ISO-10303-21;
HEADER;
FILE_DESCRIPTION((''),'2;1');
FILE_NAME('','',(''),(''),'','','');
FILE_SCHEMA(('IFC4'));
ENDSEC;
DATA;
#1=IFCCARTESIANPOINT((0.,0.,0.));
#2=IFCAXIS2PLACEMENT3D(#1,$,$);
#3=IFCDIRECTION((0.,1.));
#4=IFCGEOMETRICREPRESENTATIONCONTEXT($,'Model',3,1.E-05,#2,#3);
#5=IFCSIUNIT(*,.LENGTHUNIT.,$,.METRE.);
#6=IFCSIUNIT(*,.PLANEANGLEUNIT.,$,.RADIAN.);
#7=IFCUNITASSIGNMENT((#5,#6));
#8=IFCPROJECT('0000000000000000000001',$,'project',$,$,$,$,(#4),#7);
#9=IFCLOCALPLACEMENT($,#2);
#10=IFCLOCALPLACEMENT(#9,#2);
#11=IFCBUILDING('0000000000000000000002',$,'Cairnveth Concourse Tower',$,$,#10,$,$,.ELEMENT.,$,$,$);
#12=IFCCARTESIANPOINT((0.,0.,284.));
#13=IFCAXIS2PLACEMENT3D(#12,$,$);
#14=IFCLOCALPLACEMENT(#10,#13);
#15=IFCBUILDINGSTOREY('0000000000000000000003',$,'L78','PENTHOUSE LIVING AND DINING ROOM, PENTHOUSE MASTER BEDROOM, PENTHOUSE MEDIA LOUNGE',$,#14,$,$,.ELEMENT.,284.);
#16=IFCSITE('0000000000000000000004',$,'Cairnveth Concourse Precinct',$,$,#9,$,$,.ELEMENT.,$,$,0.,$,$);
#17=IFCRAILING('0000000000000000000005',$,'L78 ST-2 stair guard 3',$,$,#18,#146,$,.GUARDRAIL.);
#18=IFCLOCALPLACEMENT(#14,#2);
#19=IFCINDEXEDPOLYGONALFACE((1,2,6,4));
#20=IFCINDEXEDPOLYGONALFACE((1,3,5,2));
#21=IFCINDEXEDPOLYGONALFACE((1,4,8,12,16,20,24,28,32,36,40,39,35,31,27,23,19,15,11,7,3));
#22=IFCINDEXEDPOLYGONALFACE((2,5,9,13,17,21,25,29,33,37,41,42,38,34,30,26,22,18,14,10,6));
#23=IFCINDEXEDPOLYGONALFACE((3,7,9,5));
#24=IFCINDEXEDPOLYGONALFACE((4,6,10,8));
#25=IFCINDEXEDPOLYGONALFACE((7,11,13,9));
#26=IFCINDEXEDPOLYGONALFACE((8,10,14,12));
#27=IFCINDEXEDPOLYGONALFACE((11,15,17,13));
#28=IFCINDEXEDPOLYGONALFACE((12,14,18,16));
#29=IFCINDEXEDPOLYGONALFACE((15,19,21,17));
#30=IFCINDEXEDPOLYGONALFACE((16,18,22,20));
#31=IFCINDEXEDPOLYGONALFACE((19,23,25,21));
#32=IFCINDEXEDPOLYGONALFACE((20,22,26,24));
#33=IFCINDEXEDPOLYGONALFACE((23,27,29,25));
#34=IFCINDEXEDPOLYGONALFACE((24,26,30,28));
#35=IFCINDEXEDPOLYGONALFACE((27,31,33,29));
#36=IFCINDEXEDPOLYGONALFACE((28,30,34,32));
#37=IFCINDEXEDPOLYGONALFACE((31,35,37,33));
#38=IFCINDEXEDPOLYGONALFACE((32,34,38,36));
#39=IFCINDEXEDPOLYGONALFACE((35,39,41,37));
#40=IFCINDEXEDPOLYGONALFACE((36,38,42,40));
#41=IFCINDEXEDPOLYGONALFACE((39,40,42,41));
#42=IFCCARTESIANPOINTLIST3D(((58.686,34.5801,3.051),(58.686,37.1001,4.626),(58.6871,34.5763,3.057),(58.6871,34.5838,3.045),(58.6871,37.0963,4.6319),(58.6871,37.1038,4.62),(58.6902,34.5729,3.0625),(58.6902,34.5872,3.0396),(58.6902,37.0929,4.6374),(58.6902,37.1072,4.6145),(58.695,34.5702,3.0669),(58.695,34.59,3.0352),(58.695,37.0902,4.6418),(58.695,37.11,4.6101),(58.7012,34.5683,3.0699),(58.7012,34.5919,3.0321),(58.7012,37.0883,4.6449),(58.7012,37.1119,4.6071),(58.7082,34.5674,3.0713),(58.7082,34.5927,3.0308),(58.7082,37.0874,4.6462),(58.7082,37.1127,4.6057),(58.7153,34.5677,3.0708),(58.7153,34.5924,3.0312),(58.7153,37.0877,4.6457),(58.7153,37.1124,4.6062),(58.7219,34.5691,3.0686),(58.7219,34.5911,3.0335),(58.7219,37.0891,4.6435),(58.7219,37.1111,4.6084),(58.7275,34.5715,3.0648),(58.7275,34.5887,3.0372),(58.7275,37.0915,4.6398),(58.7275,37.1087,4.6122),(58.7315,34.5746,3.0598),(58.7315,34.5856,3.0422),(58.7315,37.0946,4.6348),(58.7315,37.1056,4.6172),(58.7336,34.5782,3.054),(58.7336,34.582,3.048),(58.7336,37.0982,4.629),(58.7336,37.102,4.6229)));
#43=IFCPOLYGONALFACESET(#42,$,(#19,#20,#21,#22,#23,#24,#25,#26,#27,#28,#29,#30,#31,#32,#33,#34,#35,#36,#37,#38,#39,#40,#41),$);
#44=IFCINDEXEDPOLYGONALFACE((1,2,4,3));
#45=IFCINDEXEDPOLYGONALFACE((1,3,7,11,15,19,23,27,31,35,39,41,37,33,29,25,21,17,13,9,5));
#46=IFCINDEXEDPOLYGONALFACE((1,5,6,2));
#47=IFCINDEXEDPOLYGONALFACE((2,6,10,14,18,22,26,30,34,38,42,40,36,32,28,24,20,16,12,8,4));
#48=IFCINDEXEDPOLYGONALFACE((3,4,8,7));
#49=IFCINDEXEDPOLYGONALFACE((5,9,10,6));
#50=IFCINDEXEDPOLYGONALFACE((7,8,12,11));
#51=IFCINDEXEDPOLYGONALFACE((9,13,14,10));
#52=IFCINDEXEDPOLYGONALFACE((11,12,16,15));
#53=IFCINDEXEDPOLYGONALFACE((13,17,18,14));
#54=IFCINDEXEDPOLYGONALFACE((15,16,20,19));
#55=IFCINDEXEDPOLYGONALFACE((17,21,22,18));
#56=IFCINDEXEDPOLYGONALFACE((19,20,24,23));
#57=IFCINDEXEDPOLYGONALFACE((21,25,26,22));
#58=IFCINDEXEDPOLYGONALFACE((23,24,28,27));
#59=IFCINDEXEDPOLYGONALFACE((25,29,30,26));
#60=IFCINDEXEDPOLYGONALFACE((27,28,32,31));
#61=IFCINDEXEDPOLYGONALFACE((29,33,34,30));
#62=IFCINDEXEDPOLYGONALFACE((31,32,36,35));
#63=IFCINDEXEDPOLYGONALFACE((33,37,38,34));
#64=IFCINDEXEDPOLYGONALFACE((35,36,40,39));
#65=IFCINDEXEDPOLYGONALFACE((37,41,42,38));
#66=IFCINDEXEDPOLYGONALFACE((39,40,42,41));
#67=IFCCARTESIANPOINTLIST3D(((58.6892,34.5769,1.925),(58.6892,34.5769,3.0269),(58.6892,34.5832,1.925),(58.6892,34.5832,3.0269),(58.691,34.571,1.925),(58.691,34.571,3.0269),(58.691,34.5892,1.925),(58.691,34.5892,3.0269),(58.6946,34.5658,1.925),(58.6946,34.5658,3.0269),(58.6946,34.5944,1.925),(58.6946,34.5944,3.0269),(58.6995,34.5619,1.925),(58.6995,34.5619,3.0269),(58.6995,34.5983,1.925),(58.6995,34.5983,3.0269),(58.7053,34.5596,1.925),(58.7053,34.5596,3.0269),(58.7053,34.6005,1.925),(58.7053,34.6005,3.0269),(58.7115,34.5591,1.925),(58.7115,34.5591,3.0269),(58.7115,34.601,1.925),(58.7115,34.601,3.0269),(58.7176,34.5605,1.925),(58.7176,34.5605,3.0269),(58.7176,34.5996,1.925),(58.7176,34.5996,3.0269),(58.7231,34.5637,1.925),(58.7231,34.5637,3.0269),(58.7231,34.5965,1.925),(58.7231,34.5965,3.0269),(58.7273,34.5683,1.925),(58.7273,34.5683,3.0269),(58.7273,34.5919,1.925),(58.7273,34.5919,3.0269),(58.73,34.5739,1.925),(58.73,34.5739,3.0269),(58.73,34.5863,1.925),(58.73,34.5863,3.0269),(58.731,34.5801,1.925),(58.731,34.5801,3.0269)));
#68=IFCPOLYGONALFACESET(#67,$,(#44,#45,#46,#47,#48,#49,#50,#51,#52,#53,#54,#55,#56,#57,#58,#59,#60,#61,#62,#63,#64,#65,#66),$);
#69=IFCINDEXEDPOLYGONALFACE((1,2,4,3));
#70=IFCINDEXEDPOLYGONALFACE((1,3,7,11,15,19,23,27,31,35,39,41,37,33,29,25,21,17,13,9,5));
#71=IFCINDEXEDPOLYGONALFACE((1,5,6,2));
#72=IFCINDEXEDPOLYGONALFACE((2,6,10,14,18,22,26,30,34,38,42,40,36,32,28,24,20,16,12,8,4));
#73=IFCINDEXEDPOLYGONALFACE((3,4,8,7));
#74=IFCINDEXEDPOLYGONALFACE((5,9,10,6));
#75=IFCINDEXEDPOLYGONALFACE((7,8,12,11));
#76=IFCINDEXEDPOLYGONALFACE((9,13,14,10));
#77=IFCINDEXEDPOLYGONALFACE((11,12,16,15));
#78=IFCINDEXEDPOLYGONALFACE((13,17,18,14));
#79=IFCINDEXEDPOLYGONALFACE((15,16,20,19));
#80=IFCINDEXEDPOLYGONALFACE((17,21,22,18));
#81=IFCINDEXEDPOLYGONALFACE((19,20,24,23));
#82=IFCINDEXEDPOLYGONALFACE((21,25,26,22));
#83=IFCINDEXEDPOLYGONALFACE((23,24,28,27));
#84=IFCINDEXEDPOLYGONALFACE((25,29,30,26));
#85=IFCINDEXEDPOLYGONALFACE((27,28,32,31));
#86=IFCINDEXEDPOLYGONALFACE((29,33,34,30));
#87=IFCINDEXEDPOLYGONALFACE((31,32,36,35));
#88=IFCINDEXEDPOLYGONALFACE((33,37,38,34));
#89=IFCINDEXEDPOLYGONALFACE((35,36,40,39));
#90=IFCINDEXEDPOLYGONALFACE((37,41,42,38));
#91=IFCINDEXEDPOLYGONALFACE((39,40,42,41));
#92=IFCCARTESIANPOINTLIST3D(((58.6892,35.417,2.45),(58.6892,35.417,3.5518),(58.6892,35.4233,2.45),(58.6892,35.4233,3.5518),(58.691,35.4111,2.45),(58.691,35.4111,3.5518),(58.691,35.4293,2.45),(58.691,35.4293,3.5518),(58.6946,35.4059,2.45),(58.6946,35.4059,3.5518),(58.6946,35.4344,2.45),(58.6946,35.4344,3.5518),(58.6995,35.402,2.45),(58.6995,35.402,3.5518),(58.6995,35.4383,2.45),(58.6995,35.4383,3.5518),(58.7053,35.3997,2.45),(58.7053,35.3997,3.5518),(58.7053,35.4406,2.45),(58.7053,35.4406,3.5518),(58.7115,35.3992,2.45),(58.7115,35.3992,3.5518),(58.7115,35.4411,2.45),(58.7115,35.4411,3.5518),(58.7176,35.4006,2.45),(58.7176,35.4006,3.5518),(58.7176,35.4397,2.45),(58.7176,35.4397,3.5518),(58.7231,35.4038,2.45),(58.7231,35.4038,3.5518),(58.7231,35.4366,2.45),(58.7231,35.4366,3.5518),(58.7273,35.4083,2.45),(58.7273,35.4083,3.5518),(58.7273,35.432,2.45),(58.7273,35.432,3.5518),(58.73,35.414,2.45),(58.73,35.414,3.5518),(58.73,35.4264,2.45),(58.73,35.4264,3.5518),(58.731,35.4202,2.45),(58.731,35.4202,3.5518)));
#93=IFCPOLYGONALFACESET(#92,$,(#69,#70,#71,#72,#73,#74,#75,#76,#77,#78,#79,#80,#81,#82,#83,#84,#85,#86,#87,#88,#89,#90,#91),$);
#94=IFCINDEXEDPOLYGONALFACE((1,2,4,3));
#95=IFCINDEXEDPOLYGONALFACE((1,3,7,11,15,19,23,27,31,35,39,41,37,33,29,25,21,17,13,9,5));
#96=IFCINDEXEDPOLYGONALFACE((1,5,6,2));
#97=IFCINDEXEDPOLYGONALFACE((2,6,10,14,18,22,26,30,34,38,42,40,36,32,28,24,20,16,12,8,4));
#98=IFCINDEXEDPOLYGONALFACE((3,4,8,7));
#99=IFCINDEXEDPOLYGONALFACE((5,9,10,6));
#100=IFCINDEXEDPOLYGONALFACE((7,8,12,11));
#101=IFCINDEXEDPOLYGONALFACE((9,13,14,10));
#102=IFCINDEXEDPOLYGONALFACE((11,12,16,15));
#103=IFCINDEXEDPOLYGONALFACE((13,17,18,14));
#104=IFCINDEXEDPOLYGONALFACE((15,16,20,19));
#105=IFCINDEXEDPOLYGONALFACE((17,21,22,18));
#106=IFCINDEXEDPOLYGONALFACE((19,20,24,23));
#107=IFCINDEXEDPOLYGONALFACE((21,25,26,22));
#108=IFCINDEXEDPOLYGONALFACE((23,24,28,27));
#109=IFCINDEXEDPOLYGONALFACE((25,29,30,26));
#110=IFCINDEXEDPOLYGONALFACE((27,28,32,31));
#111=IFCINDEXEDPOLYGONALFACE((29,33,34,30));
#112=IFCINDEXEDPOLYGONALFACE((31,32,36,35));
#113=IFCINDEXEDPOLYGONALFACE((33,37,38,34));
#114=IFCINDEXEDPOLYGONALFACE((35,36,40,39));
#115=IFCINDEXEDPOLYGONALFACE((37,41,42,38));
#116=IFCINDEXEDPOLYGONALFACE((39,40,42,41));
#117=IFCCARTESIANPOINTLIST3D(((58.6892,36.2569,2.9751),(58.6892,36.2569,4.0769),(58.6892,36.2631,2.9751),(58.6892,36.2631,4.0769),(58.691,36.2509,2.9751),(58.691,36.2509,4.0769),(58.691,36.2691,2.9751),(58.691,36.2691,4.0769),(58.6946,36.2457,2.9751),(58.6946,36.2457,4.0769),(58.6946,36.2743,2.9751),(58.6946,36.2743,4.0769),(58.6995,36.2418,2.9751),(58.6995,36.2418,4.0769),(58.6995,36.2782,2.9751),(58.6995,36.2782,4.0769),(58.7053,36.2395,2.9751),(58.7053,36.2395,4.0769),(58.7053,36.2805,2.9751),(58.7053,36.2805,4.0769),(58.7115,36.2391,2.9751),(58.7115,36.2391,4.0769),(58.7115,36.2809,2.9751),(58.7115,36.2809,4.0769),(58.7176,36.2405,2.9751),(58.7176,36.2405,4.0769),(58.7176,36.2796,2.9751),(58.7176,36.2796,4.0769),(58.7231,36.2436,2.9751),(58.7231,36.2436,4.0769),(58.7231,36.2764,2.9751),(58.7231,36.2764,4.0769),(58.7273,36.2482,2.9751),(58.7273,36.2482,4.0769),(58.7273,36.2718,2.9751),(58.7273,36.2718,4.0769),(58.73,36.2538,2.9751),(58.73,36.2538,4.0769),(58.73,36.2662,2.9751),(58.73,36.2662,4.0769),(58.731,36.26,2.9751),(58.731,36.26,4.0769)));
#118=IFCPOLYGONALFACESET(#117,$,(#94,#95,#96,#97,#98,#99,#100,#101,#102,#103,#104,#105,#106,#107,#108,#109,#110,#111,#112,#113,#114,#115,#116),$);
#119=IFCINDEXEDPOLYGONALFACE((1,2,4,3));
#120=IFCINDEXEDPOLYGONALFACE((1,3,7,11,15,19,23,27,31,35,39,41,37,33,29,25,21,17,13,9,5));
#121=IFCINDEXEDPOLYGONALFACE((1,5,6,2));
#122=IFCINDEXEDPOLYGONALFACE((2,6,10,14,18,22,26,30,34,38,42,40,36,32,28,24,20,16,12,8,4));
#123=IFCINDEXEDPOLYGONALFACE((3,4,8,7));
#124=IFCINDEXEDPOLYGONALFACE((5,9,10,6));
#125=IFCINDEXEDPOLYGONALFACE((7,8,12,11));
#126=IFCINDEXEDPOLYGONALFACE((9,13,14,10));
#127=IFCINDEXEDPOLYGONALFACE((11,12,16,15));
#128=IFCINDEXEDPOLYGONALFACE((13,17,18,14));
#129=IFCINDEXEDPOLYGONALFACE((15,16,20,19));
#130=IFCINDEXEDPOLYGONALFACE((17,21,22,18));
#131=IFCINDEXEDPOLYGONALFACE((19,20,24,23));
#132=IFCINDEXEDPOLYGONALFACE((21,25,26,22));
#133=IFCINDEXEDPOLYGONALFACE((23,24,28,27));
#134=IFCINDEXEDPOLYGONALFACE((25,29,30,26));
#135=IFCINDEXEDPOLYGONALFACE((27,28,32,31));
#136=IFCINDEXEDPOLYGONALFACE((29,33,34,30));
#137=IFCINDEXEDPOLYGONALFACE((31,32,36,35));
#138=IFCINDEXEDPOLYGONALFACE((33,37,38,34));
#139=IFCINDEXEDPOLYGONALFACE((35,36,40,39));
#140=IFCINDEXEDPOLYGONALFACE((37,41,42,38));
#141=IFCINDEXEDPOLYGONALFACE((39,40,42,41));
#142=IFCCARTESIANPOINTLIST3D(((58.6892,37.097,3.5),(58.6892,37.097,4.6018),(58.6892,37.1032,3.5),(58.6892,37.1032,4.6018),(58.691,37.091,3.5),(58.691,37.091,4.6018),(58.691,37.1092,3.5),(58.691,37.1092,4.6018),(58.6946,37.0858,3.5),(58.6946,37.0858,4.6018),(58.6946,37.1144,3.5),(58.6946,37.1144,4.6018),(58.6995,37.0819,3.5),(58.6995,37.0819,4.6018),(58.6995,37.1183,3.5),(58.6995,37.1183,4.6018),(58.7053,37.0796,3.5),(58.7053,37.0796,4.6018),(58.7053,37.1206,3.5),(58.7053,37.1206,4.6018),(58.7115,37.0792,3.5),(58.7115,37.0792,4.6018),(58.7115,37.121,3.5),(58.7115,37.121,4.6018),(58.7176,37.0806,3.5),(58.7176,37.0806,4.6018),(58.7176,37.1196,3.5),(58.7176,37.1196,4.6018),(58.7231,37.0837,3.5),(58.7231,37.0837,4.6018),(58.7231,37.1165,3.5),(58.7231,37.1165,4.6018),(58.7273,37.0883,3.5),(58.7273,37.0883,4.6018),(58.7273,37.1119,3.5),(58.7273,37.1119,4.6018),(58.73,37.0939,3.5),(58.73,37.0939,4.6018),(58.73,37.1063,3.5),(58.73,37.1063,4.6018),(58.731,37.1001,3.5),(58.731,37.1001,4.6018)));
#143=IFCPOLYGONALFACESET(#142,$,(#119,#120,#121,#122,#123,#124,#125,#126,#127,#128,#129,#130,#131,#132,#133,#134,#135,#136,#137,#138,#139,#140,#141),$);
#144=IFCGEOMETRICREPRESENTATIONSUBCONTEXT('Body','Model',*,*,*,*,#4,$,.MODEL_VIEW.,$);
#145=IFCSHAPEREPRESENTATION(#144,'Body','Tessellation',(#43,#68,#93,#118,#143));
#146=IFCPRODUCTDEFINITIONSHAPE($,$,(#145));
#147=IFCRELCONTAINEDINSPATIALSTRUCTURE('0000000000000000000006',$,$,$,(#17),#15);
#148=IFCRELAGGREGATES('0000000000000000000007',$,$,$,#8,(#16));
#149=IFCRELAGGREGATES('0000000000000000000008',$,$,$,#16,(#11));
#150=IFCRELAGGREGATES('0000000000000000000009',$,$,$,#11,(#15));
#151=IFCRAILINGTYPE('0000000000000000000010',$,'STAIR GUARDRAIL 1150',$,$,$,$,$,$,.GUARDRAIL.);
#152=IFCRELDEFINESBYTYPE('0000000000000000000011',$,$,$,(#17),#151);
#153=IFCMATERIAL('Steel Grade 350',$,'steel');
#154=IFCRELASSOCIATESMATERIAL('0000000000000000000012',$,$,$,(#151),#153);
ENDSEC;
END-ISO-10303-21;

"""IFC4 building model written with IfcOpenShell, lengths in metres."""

from ifc_helpers import new_model, si_unit, direction, frame, origin, origin_2d, place, context, subcontext, project, spatial, circle, extrude, material, type_object, element, save


model = new_model("IFC4")

# Units and contexts
model_context = context("Model", 3, precision=1e-05, world=origin(), true_north=direction((0.0, 1.0)))
body_context = subcontext(model_context, "Body", "Model", "MODEL_VIEW")
ifc_project = project(units=[si_unit("LENGTHUNIT", "METRE"), si_unit("PLANEANGLEUNIT", "RADIAN")], contexts=[model_context])

# Site, building, storey
site_placement = place(None, origin())
site = spatial("IfcSite", under=ifc_project, at=site_placement, Name="Cairnveth Concourse Precinct", CompositionType="ELEMENT", RefElevation=0.0)
building_placement = place(site_placement, origin())
building = spatial("IfcBuilding", under=site, at=building_placement, Name="Cairnveth Concourse Tower", CompositionType="ELEMENT")
storey_placement = place(building_placement, frame((0.0, 0.0, 284.0)))
storey = spatial("IfcBuildingStorey", under=building, at=storey_placement, Name="L78", Description="PENTHOUSE LIVING AND DINING ROOM, PENTHOUSE MASTER BEDROOM, PENTHOUSE MEDIA LOUNGE", CompositionType="ELEMENT", Elevation=284.0)

# Shared definitions
ifc_material_1 = material(Name="Steel Grade 350", Category="steel")

# Railing
railing_type_1 = type_object("IfcRailingType", Name="STAIR GUARDRAIL 1150", PredefinedType="GUARDRAIL", material=ifc_material_1)
railing_1_placement = place(storey_placement, frame((58.71, 34.5801, 1.925)))
element("IfcRailing", 1, at=railing_1_placement, inside=storey, type_object=railing_type_1, Name="L78 ST-2 stair guard 3", PredefinedType="GUARDRAIL", context=body_context, shape_type="SweptSolid", body=[
    extrude(circle(Radius=0.0239, at=origin_2d()), frame((0.0, 0.0, 1.126), z_axis=(0.0, 0.848008, 0.529984), x_axis=(-1.0, 0.0, 0.0)), (0.0, 0.0, 1.0), 2.9717),
    extrude(circle(Radius=0.021, at=origin_2d()), origin(), (0.0, 0.0, 1.0), 1.1018),
    extrude(circle(Radius=0.021, at=origin_2d()), frame((0.0, 0.8401, 0.5249)), (0.0, 0.0, 1.0), 1.1018),
    extrude(circle(Radius=0.021, at=origin_2d()), frame((0.0, 1.6799, 1.05)), (0.0, 0.0, 1.0), 1.1018),
    extrude(circle(Radius=0.021, at=origin_2d()), frame((0.0, 2.52, 1.575)), (0.0, 0.0, 1.0), 1.1018),
])

save(model, "model.ifc")
